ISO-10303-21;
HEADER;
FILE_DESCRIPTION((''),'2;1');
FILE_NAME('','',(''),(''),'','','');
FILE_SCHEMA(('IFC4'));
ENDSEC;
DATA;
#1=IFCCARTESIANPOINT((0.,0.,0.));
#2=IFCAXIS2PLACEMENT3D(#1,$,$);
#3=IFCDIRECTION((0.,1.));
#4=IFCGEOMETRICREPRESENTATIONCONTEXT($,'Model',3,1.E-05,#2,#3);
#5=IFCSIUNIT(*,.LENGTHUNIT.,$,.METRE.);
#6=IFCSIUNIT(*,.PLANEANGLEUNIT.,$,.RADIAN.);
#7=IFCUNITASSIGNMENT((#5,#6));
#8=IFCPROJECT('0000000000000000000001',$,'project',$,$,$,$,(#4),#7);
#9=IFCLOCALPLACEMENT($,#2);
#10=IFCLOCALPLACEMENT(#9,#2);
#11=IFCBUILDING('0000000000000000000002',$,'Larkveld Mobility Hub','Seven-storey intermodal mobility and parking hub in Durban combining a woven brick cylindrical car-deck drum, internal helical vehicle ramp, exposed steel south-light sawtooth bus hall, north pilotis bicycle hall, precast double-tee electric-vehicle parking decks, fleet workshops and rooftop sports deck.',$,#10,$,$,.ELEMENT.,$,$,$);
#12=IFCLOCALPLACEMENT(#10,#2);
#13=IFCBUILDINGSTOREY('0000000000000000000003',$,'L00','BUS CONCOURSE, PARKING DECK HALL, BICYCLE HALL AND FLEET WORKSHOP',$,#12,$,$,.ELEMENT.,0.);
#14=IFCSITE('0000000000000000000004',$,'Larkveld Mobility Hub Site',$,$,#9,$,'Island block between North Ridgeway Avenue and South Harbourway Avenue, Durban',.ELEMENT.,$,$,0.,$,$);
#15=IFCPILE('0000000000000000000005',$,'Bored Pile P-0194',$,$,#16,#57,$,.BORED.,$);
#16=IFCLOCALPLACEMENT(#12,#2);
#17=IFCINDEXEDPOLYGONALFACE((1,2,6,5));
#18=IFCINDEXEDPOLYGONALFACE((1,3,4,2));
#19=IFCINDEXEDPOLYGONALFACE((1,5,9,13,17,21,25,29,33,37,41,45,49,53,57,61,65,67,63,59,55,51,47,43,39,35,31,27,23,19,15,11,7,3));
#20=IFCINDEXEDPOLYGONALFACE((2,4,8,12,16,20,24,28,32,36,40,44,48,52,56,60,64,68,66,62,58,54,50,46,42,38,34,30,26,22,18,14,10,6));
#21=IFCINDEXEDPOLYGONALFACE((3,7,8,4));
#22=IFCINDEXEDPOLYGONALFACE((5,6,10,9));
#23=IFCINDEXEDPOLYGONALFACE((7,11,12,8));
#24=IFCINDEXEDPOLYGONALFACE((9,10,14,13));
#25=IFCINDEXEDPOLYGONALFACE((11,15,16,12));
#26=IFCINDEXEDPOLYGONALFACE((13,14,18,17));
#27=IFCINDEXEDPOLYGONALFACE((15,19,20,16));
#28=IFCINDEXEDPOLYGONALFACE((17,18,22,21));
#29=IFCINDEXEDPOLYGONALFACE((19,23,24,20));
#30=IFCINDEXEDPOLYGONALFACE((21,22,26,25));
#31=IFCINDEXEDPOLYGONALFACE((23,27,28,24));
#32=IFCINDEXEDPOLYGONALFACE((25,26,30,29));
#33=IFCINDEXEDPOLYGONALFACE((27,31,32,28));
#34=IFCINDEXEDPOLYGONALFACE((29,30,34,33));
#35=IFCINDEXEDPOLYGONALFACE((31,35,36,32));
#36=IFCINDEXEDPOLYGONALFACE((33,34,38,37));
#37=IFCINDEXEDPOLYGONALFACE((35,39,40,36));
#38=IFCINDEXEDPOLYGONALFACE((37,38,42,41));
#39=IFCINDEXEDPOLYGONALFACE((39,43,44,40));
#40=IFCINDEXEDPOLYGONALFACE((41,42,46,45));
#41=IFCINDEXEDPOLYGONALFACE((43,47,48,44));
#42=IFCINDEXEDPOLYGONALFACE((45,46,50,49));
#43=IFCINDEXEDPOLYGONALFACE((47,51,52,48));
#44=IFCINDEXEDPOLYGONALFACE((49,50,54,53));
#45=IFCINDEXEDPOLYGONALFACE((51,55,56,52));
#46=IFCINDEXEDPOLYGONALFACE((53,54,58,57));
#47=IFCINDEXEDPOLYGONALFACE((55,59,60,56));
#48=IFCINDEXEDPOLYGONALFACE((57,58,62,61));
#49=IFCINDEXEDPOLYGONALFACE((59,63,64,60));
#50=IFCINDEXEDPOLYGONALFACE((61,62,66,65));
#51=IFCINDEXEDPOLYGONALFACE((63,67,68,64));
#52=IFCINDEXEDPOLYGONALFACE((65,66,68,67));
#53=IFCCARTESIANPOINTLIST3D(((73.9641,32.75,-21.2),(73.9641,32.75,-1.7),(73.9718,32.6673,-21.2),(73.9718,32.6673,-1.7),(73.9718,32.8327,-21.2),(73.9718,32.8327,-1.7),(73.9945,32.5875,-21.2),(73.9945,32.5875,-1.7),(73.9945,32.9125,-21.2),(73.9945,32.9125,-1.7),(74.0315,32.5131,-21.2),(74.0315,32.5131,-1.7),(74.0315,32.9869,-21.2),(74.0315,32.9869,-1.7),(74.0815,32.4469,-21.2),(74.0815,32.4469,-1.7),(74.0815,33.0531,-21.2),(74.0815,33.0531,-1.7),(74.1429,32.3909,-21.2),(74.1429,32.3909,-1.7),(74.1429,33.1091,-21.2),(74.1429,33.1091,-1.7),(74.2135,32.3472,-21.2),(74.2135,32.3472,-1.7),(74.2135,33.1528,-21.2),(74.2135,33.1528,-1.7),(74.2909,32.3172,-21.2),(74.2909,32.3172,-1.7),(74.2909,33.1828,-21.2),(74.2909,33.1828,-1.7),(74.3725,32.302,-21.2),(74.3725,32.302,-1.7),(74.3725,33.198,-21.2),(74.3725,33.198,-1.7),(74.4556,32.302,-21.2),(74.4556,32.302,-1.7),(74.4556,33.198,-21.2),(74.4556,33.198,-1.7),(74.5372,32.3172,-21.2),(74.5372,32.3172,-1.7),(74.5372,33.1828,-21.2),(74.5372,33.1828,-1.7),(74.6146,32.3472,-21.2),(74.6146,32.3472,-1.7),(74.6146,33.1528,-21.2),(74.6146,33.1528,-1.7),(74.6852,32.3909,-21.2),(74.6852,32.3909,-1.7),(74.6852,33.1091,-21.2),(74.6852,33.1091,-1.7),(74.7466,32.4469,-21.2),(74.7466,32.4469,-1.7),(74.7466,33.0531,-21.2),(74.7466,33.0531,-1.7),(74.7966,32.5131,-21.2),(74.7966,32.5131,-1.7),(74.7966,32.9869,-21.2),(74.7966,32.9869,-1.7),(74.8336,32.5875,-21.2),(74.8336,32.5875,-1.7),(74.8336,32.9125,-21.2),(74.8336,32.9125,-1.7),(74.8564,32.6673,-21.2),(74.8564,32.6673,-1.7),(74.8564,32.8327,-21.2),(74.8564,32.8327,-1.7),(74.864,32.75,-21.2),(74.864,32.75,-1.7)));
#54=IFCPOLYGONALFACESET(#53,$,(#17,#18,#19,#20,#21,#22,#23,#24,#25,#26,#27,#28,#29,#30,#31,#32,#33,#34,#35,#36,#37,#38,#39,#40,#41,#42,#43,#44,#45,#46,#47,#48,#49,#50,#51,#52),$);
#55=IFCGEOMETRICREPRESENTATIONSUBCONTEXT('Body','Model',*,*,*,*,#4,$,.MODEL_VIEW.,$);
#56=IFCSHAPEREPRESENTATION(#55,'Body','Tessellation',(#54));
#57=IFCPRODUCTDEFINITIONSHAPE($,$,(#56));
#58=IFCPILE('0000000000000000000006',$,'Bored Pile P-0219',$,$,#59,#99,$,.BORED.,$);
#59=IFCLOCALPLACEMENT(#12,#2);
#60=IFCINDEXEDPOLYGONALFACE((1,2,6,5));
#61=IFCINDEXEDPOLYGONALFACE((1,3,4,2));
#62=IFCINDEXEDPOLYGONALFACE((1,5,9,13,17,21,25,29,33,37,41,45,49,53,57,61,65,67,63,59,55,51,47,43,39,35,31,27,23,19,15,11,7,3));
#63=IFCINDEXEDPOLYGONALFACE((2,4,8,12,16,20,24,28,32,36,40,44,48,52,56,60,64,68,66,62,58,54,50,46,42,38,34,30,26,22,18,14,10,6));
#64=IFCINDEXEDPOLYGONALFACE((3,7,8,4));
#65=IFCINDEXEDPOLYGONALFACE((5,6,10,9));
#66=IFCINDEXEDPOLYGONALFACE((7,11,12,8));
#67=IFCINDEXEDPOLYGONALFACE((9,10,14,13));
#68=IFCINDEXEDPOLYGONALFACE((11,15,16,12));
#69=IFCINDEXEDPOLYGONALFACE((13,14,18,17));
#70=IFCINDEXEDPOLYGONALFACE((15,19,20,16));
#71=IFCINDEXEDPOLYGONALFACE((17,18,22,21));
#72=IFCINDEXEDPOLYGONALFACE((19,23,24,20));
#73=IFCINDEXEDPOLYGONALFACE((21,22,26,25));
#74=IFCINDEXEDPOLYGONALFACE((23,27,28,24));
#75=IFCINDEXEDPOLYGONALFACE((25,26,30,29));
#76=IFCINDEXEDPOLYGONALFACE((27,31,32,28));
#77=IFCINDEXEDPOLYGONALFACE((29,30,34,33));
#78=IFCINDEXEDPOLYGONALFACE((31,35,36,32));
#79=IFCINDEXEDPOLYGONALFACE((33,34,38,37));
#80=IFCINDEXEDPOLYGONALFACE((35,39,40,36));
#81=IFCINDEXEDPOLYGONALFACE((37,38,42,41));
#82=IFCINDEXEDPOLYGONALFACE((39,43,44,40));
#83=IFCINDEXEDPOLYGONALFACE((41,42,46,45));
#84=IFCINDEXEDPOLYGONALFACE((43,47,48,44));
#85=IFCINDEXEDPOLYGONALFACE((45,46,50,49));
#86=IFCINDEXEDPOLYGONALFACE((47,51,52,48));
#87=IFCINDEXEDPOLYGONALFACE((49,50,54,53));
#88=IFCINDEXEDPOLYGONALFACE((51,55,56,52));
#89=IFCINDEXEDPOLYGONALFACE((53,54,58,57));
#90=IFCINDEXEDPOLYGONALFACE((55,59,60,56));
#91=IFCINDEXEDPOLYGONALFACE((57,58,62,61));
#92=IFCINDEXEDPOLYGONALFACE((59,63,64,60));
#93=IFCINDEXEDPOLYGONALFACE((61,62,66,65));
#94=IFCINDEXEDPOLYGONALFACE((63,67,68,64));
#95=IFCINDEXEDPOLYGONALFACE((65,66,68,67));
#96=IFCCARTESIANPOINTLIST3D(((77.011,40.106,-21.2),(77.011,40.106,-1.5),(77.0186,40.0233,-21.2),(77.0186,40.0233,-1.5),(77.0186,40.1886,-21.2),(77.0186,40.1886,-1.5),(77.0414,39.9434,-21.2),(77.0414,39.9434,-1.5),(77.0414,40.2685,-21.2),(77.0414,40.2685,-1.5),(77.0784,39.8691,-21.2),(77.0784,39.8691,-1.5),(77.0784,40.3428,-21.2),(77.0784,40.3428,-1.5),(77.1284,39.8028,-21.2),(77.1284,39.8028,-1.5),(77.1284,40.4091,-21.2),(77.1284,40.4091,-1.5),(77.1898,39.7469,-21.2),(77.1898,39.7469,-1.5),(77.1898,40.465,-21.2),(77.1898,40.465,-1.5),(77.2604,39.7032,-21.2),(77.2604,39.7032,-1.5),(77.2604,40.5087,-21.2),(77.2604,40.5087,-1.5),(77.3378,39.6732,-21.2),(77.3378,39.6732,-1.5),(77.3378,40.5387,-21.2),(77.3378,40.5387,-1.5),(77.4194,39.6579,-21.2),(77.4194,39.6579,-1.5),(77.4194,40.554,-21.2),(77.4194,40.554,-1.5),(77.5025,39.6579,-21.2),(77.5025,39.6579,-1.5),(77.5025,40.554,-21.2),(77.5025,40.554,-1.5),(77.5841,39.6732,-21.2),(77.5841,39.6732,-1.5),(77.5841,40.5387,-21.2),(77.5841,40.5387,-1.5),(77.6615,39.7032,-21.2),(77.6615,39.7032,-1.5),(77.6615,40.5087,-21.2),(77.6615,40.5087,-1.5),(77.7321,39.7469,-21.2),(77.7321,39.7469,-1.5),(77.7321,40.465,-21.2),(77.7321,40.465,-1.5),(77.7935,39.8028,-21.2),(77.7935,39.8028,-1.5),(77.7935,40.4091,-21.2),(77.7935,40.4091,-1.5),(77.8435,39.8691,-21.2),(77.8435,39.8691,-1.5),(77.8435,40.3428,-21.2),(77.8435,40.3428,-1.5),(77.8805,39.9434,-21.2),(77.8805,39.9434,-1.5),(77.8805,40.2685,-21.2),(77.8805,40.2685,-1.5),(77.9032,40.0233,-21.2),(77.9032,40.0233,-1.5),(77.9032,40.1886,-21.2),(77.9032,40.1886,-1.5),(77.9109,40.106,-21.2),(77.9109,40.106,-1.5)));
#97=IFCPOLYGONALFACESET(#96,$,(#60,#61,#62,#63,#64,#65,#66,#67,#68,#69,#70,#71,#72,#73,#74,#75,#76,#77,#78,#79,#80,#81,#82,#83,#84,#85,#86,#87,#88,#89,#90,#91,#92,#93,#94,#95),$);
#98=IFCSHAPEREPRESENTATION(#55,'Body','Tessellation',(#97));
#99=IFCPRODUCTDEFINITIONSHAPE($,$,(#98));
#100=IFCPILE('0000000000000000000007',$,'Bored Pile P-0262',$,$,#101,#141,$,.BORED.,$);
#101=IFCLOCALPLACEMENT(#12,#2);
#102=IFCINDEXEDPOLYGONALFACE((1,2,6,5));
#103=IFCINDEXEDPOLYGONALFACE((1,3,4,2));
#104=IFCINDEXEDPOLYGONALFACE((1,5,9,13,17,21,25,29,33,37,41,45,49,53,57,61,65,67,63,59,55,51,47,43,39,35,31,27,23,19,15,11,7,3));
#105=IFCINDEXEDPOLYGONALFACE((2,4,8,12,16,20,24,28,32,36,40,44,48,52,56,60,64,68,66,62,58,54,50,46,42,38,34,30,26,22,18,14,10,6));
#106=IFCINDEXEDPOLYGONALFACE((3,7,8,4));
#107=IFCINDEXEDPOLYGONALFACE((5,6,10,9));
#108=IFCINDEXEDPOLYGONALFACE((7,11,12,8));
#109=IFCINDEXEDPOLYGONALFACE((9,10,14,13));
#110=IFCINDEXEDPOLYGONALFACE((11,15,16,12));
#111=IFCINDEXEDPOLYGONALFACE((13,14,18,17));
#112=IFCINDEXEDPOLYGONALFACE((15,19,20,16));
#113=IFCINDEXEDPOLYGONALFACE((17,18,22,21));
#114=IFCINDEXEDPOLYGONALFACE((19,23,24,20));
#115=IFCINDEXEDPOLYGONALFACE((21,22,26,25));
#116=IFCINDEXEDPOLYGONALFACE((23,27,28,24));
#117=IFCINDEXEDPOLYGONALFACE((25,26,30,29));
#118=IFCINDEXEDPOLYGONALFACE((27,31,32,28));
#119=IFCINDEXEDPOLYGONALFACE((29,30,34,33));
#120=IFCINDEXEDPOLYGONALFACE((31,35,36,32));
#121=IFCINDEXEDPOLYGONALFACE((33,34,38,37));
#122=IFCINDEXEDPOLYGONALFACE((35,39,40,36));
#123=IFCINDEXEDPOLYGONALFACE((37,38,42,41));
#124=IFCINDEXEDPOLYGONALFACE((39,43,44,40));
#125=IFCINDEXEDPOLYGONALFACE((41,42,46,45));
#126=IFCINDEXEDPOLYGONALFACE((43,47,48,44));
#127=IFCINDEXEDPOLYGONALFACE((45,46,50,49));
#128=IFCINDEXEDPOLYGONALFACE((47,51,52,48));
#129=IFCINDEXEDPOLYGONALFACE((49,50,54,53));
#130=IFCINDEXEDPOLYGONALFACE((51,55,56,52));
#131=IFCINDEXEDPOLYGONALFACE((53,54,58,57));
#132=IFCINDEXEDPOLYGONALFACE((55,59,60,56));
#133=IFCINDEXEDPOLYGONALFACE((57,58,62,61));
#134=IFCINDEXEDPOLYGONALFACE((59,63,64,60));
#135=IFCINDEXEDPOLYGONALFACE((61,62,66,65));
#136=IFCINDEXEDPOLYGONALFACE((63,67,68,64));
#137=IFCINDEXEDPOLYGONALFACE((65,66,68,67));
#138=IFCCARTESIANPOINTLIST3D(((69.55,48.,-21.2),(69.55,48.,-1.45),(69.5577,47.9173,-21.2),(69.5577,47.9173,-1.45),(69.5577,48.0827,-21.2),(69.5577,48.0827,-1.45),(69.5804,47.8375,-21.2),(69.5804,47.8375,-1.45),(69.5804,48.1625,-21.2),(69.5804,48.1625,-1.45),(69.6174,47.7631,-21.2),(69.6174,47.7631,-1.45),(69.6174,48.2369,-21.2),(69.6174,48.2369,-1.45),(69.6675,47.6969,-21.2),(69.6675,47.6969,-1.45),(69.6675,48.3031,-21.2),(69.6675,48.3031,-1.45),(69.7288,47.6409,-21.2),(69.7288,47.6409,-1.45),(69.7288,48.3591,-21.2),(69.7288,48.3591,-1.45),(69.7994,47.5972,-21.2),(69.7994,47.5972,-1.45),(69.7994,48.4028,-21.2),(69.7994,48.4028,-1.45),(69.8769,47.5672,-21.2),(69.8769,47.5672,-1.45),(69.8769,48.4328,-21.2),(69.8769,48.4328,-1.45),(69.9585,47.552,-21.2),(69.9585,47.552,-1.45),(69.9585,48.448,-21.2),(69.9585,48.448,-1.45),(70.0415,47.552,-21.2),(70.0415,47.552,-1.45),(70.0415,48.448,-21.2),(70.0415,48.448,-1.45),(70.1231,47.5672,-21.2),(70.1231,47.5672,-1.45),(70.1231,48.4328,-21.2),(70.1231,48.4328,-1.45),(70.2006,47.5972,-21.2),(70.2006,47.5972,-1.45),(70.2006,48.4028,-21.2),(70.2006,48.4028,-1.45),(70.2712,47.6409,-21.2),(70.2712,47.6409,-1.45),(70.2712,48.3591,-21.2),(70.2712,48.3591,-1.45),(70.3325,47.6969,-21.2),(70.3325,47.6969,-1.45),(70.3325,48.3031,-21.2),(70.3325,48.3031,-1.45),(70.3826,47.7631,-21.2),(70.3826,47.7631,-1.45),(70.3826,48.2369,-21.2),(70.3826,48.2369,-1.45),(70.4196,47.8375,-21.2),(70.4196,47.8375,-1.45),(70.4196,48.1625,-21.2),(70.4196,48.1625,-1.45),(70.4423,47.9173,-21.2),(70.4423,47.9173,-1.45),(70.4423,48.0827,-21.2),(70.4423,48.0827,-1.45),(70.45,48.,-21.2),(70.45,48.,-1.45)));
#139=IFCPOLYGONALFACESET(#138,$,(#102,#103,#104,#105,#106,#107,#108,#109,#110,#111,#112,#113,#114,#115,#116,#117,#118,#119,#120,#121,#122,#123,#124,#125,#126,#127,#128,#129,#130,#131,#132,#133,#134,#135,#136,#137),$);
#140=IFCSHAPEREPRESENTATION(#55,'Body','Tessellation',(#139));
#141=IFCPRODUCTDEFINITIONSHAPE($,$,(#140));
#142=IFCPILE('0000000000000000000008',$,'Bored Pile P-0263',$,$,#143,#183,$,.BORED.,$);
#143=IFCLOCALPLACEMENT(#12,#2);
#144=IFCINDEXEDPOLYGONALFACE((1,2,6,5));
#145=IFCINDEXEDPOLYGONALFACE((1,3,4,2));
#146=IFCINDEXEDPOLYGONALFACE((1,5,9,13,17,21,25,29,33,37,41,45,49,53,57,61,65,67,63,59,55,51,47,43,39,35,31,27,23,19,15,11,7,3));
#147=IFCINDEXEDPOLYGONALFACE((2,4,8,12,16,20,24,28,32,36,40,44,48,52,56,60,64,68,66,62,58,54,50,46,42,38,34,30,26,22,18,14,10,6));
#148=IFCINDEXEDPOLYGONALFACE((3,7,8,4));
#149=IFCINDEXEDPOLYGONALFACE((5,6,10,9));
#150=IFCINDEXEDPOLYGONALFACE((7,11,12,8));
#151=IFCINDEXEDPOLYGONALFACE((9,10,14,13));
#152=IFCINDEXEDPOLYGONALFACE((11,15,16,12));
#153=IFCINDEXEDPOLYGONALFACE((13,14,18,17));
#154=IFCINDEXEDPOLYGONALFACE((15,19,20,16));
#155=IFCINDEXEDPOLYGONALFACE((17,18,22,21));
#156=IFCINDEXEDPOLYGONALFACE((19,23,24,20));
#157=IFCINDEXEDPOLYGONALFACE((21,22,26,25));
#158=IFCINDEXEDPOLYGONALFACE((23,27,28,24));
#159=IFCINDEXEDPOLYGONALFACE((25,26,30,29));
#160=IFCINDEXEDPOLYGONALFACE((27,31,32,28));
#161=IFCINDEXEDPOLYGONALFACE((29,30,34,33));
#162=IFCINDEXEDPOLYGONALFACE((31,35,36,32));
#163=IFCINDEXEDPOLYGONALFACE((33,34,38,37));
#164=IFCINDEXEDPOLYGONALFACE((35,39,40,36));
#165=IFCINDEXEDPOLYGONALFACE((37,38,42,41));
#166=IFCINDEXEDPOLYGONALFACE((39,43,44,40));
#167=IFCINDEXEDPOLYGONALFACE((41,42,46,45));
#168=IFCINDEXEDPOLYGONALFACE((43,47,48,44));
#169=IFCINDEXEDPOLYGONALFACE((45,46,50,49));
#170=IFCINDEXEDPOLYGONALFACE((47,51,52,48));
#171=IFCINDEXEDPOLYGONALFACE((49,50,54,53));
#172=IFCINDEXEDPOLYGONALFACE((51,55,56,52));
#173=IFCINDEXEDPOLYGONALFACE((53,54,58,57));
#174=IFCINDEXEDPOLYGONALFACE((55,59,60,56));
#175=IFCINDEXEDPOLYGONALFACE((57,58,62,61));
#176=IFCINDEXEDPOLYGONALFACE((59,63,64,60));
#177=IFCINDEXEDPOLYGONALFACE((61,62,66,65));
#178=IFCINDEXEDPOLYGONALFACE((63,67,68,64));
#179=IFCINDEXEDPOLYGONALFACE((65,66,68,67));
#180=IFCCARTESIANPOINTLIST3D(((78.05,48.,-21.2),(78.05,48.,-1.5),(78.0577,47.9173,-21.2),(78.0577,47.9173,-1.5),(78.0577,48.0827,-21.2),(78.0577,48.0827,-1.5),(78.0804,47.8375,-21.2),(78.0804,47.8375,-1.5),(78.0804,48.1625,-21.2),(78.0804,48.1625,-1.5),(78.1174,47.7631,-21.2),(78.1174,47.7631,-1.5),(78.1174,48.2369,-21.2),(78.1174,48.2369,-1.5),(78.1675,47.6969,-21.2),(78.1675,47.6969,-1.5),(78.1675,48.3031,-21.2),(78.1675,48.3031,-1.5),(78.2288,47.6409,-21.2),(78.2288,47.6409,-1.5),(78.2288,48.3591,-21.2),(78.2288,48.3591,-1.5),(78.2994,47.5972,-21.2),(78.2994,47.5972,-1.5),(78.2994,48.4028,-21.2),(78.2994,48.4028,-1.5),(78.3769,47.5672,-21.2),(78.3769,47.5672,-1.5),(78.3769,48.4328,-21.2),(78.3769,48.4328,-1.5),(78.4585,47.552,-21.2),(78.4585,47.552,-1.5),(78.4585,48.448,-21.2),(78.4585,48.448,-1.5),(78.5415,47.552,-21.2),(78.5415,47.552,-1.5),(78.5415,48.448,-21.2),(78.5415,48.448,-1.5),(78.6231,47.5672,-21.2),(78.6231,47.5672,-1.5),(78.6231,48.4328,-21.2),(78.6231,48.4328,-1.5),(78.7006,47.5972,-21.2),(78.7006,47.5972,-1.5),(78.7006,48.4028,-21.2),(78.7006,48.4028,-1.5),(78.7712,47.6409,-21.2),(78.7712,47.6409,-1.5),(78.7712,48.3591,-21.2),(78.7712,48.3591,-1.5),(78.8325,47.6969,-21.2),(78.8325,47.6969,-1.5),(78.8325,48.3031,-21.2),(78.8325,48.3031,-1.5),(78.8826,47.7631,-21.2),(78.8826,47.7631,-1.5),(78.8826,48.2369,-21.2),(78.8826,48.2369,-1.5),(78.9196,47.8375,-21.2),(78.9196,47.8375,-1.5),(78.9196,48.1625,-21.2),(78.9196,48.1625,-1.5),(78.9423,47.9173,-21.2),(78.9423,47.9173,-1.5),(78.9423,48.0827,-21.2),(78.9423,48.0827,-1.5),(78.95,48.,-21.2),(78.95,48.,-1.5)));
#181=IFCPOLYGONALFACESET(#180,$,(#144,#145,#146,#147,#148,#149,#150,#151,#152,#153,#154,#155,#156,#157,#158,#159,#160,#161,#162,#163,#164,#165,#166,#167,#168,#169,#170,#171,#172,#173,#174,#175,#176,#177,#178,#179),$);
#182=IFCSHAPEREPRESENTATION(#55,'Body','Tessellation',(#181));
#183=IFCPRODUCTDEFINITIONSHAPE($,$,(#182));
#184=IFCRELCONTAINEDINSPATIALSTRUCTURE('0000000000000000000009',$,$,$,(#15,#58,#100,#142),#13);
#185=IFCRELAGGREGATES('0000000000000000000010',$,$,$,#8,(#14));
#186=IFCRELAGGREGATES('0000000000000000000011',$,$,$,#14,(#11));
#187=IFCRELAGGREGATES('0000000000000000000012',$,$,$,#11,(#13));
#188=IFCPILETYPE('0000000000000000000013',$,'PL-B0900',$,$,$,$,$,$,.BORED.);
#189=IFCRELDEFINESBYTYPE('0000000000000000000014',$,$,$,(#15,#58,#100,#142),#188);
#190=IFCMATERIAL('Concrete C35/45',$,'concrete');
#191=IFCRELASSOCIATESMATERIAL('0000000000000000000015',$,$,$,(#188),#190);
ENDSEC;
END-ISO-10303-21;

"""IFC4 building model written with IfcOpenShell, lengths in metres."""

from ifc_helpers import new_model, si_unit, direction, frame, origin, origin_2d, place, context, subcontext, project, spatial, circle, extrude, material, material_profile, profile_set, type_object, element, save


model = new_model("IFC4")

# Units and contexts
model_context = context("Model", 3, precision=1e-05, world=origin(), true_north=direction((0.0, 1.0)))
body_context = subcontext(model_context, "Body", "Model", "MODEL_VIEW")
ifc_project = project(units=[si_unit("LENGTHUNIT", "METRE"), si_unit("PLANEANGLEUNIT", "RADIAN")], contexts=[model_context])

# Site, building, storey
site_placement = place(None, origin())
site = spatial("IfcSite", under=ifc_project, at=site_placement, Name="Larkveld Mobility Hub Site", LongName="Island block between North Ridgeway Avenue and South Harbourway Avenue, Durban", CompositionType="ELEMENT", RefElevation=0.0)
building_placement = place(site_placement, origin())
building = spatial("IfcBuilding", under=site, at=building_placement, Name="Larkveld Mobility Hub", Description="Seven-storey intermodal mobility and parking hub in Durban combining a woven brick cylindrical car-deck drum, internal helical vehicle ramp, exposed steel south-light sawtooth bus hall, north pilotis bicycle hall, precast double-tee electric-vehicle parking decks, fleet workshops and rooftop sports deck.", CompositionType="ELEMENT")
storey_placement = place(building_placement, origin())
storey = spatial("IfcBuildingStorey", under=building, at=storey_placement, Name="L00", Description="BUS CONCOURSE, PARKING DECK HALL, BICYCLE HALL AND FLEET WORKSHOP", CompositionType="ELEMENT", Elevation=0.0)

# Shared definitions
ifc_material_1 = material(Name="Concrete C35/45", Category="concrete")

# Piles
ifc_material_profile_1 = material_profile(ifc_material_1, circle(Radius=0.45, at=origin_2d()), Name="PILE D900")
ifc_profile_set_1 = profile_set([ifc_material_profile_1], Name="Concrete C35/45")
pile_type_1 = type_object("IfcPileType", Name="PL-B0900", PredefinedType="BORED", material=ifc_profile_set_1)
pile_1_placement = place(storey_placement, frame((74.4141, 32.75, -1.7), z_axis=(0.0, 0.0, -1.0), x_axis=(1.0, 0.0, 0.0)))
element("IfcPile", 1, at=pile_1_placement, inside=storey, type_object=pile_type_1, Name="Bored Pile P-0194", PredefinedType="BORED", context=body_context, shape_type="SweptSolid", body=[
    extrude(circle(Radius=0.45, at=origin_2d()), origin(), (0.0, 0.0, 1.0), 19.5),
])
pile_2_placement = place(storey_placement, frame((77.4609, 40.106, -1.5), z_axis=(0.0, 0.0, -1.0), x_axis=(1.0, 0.0, 0.0)))
element("IfcPile", 2, at=pile_2_placement, inside=storey, type_object=pile_type_1, Name="Bored Pile P-0219", PredefinedType="BORED", context=body_context, shape_type="SweptSolid", body=[
    extrude(circle(Radius=0.45, at=origin_2d()), origin(), (0.0, 0.0, 1.0), 19.7),
])
pile_3_placement = place(storey_placement, frame((70.0, 48.0, -1.45), z_axis=(0.0, 0.0, -1.0), x_axis=(1.0, 0.0, 0.0)))
element("IfcPile", 3, at=pile_3_placement, inside=storey, type_object=pile_type_1, Name="Bored Pile P-0262", PredefinedType="BORED", context=body_context, shape_type="SweptSolid", body=[
    extrude(circle(Radius=0.45, at=origin_2d()), origin(), (0.0, 0.0, 1.0), 19.75),
])
for number, where, z_axis, x_axis, name in (
    (4, (78.5, 48.0, -1.5), (0.0, 0.0, -1.0), (1.0, 0.0, 0.0), "Bored Pile P-0263"),
):
    element("IfcPile", number, at=place(storey_placement, frame(where, z_axis=z_axis, x_axis=x_axis)), inside=storey, type_object=pile_type_1, Name=name, PredefinedType="BORED", context=body_context, shape_type="SweptSolid", body=[
        extrude(circle(Radius=0.45, at=origin_2d()), origin(), (0.0, 0.0, 1.0), 19.7),
    ])

save(model, "model.ifc")
